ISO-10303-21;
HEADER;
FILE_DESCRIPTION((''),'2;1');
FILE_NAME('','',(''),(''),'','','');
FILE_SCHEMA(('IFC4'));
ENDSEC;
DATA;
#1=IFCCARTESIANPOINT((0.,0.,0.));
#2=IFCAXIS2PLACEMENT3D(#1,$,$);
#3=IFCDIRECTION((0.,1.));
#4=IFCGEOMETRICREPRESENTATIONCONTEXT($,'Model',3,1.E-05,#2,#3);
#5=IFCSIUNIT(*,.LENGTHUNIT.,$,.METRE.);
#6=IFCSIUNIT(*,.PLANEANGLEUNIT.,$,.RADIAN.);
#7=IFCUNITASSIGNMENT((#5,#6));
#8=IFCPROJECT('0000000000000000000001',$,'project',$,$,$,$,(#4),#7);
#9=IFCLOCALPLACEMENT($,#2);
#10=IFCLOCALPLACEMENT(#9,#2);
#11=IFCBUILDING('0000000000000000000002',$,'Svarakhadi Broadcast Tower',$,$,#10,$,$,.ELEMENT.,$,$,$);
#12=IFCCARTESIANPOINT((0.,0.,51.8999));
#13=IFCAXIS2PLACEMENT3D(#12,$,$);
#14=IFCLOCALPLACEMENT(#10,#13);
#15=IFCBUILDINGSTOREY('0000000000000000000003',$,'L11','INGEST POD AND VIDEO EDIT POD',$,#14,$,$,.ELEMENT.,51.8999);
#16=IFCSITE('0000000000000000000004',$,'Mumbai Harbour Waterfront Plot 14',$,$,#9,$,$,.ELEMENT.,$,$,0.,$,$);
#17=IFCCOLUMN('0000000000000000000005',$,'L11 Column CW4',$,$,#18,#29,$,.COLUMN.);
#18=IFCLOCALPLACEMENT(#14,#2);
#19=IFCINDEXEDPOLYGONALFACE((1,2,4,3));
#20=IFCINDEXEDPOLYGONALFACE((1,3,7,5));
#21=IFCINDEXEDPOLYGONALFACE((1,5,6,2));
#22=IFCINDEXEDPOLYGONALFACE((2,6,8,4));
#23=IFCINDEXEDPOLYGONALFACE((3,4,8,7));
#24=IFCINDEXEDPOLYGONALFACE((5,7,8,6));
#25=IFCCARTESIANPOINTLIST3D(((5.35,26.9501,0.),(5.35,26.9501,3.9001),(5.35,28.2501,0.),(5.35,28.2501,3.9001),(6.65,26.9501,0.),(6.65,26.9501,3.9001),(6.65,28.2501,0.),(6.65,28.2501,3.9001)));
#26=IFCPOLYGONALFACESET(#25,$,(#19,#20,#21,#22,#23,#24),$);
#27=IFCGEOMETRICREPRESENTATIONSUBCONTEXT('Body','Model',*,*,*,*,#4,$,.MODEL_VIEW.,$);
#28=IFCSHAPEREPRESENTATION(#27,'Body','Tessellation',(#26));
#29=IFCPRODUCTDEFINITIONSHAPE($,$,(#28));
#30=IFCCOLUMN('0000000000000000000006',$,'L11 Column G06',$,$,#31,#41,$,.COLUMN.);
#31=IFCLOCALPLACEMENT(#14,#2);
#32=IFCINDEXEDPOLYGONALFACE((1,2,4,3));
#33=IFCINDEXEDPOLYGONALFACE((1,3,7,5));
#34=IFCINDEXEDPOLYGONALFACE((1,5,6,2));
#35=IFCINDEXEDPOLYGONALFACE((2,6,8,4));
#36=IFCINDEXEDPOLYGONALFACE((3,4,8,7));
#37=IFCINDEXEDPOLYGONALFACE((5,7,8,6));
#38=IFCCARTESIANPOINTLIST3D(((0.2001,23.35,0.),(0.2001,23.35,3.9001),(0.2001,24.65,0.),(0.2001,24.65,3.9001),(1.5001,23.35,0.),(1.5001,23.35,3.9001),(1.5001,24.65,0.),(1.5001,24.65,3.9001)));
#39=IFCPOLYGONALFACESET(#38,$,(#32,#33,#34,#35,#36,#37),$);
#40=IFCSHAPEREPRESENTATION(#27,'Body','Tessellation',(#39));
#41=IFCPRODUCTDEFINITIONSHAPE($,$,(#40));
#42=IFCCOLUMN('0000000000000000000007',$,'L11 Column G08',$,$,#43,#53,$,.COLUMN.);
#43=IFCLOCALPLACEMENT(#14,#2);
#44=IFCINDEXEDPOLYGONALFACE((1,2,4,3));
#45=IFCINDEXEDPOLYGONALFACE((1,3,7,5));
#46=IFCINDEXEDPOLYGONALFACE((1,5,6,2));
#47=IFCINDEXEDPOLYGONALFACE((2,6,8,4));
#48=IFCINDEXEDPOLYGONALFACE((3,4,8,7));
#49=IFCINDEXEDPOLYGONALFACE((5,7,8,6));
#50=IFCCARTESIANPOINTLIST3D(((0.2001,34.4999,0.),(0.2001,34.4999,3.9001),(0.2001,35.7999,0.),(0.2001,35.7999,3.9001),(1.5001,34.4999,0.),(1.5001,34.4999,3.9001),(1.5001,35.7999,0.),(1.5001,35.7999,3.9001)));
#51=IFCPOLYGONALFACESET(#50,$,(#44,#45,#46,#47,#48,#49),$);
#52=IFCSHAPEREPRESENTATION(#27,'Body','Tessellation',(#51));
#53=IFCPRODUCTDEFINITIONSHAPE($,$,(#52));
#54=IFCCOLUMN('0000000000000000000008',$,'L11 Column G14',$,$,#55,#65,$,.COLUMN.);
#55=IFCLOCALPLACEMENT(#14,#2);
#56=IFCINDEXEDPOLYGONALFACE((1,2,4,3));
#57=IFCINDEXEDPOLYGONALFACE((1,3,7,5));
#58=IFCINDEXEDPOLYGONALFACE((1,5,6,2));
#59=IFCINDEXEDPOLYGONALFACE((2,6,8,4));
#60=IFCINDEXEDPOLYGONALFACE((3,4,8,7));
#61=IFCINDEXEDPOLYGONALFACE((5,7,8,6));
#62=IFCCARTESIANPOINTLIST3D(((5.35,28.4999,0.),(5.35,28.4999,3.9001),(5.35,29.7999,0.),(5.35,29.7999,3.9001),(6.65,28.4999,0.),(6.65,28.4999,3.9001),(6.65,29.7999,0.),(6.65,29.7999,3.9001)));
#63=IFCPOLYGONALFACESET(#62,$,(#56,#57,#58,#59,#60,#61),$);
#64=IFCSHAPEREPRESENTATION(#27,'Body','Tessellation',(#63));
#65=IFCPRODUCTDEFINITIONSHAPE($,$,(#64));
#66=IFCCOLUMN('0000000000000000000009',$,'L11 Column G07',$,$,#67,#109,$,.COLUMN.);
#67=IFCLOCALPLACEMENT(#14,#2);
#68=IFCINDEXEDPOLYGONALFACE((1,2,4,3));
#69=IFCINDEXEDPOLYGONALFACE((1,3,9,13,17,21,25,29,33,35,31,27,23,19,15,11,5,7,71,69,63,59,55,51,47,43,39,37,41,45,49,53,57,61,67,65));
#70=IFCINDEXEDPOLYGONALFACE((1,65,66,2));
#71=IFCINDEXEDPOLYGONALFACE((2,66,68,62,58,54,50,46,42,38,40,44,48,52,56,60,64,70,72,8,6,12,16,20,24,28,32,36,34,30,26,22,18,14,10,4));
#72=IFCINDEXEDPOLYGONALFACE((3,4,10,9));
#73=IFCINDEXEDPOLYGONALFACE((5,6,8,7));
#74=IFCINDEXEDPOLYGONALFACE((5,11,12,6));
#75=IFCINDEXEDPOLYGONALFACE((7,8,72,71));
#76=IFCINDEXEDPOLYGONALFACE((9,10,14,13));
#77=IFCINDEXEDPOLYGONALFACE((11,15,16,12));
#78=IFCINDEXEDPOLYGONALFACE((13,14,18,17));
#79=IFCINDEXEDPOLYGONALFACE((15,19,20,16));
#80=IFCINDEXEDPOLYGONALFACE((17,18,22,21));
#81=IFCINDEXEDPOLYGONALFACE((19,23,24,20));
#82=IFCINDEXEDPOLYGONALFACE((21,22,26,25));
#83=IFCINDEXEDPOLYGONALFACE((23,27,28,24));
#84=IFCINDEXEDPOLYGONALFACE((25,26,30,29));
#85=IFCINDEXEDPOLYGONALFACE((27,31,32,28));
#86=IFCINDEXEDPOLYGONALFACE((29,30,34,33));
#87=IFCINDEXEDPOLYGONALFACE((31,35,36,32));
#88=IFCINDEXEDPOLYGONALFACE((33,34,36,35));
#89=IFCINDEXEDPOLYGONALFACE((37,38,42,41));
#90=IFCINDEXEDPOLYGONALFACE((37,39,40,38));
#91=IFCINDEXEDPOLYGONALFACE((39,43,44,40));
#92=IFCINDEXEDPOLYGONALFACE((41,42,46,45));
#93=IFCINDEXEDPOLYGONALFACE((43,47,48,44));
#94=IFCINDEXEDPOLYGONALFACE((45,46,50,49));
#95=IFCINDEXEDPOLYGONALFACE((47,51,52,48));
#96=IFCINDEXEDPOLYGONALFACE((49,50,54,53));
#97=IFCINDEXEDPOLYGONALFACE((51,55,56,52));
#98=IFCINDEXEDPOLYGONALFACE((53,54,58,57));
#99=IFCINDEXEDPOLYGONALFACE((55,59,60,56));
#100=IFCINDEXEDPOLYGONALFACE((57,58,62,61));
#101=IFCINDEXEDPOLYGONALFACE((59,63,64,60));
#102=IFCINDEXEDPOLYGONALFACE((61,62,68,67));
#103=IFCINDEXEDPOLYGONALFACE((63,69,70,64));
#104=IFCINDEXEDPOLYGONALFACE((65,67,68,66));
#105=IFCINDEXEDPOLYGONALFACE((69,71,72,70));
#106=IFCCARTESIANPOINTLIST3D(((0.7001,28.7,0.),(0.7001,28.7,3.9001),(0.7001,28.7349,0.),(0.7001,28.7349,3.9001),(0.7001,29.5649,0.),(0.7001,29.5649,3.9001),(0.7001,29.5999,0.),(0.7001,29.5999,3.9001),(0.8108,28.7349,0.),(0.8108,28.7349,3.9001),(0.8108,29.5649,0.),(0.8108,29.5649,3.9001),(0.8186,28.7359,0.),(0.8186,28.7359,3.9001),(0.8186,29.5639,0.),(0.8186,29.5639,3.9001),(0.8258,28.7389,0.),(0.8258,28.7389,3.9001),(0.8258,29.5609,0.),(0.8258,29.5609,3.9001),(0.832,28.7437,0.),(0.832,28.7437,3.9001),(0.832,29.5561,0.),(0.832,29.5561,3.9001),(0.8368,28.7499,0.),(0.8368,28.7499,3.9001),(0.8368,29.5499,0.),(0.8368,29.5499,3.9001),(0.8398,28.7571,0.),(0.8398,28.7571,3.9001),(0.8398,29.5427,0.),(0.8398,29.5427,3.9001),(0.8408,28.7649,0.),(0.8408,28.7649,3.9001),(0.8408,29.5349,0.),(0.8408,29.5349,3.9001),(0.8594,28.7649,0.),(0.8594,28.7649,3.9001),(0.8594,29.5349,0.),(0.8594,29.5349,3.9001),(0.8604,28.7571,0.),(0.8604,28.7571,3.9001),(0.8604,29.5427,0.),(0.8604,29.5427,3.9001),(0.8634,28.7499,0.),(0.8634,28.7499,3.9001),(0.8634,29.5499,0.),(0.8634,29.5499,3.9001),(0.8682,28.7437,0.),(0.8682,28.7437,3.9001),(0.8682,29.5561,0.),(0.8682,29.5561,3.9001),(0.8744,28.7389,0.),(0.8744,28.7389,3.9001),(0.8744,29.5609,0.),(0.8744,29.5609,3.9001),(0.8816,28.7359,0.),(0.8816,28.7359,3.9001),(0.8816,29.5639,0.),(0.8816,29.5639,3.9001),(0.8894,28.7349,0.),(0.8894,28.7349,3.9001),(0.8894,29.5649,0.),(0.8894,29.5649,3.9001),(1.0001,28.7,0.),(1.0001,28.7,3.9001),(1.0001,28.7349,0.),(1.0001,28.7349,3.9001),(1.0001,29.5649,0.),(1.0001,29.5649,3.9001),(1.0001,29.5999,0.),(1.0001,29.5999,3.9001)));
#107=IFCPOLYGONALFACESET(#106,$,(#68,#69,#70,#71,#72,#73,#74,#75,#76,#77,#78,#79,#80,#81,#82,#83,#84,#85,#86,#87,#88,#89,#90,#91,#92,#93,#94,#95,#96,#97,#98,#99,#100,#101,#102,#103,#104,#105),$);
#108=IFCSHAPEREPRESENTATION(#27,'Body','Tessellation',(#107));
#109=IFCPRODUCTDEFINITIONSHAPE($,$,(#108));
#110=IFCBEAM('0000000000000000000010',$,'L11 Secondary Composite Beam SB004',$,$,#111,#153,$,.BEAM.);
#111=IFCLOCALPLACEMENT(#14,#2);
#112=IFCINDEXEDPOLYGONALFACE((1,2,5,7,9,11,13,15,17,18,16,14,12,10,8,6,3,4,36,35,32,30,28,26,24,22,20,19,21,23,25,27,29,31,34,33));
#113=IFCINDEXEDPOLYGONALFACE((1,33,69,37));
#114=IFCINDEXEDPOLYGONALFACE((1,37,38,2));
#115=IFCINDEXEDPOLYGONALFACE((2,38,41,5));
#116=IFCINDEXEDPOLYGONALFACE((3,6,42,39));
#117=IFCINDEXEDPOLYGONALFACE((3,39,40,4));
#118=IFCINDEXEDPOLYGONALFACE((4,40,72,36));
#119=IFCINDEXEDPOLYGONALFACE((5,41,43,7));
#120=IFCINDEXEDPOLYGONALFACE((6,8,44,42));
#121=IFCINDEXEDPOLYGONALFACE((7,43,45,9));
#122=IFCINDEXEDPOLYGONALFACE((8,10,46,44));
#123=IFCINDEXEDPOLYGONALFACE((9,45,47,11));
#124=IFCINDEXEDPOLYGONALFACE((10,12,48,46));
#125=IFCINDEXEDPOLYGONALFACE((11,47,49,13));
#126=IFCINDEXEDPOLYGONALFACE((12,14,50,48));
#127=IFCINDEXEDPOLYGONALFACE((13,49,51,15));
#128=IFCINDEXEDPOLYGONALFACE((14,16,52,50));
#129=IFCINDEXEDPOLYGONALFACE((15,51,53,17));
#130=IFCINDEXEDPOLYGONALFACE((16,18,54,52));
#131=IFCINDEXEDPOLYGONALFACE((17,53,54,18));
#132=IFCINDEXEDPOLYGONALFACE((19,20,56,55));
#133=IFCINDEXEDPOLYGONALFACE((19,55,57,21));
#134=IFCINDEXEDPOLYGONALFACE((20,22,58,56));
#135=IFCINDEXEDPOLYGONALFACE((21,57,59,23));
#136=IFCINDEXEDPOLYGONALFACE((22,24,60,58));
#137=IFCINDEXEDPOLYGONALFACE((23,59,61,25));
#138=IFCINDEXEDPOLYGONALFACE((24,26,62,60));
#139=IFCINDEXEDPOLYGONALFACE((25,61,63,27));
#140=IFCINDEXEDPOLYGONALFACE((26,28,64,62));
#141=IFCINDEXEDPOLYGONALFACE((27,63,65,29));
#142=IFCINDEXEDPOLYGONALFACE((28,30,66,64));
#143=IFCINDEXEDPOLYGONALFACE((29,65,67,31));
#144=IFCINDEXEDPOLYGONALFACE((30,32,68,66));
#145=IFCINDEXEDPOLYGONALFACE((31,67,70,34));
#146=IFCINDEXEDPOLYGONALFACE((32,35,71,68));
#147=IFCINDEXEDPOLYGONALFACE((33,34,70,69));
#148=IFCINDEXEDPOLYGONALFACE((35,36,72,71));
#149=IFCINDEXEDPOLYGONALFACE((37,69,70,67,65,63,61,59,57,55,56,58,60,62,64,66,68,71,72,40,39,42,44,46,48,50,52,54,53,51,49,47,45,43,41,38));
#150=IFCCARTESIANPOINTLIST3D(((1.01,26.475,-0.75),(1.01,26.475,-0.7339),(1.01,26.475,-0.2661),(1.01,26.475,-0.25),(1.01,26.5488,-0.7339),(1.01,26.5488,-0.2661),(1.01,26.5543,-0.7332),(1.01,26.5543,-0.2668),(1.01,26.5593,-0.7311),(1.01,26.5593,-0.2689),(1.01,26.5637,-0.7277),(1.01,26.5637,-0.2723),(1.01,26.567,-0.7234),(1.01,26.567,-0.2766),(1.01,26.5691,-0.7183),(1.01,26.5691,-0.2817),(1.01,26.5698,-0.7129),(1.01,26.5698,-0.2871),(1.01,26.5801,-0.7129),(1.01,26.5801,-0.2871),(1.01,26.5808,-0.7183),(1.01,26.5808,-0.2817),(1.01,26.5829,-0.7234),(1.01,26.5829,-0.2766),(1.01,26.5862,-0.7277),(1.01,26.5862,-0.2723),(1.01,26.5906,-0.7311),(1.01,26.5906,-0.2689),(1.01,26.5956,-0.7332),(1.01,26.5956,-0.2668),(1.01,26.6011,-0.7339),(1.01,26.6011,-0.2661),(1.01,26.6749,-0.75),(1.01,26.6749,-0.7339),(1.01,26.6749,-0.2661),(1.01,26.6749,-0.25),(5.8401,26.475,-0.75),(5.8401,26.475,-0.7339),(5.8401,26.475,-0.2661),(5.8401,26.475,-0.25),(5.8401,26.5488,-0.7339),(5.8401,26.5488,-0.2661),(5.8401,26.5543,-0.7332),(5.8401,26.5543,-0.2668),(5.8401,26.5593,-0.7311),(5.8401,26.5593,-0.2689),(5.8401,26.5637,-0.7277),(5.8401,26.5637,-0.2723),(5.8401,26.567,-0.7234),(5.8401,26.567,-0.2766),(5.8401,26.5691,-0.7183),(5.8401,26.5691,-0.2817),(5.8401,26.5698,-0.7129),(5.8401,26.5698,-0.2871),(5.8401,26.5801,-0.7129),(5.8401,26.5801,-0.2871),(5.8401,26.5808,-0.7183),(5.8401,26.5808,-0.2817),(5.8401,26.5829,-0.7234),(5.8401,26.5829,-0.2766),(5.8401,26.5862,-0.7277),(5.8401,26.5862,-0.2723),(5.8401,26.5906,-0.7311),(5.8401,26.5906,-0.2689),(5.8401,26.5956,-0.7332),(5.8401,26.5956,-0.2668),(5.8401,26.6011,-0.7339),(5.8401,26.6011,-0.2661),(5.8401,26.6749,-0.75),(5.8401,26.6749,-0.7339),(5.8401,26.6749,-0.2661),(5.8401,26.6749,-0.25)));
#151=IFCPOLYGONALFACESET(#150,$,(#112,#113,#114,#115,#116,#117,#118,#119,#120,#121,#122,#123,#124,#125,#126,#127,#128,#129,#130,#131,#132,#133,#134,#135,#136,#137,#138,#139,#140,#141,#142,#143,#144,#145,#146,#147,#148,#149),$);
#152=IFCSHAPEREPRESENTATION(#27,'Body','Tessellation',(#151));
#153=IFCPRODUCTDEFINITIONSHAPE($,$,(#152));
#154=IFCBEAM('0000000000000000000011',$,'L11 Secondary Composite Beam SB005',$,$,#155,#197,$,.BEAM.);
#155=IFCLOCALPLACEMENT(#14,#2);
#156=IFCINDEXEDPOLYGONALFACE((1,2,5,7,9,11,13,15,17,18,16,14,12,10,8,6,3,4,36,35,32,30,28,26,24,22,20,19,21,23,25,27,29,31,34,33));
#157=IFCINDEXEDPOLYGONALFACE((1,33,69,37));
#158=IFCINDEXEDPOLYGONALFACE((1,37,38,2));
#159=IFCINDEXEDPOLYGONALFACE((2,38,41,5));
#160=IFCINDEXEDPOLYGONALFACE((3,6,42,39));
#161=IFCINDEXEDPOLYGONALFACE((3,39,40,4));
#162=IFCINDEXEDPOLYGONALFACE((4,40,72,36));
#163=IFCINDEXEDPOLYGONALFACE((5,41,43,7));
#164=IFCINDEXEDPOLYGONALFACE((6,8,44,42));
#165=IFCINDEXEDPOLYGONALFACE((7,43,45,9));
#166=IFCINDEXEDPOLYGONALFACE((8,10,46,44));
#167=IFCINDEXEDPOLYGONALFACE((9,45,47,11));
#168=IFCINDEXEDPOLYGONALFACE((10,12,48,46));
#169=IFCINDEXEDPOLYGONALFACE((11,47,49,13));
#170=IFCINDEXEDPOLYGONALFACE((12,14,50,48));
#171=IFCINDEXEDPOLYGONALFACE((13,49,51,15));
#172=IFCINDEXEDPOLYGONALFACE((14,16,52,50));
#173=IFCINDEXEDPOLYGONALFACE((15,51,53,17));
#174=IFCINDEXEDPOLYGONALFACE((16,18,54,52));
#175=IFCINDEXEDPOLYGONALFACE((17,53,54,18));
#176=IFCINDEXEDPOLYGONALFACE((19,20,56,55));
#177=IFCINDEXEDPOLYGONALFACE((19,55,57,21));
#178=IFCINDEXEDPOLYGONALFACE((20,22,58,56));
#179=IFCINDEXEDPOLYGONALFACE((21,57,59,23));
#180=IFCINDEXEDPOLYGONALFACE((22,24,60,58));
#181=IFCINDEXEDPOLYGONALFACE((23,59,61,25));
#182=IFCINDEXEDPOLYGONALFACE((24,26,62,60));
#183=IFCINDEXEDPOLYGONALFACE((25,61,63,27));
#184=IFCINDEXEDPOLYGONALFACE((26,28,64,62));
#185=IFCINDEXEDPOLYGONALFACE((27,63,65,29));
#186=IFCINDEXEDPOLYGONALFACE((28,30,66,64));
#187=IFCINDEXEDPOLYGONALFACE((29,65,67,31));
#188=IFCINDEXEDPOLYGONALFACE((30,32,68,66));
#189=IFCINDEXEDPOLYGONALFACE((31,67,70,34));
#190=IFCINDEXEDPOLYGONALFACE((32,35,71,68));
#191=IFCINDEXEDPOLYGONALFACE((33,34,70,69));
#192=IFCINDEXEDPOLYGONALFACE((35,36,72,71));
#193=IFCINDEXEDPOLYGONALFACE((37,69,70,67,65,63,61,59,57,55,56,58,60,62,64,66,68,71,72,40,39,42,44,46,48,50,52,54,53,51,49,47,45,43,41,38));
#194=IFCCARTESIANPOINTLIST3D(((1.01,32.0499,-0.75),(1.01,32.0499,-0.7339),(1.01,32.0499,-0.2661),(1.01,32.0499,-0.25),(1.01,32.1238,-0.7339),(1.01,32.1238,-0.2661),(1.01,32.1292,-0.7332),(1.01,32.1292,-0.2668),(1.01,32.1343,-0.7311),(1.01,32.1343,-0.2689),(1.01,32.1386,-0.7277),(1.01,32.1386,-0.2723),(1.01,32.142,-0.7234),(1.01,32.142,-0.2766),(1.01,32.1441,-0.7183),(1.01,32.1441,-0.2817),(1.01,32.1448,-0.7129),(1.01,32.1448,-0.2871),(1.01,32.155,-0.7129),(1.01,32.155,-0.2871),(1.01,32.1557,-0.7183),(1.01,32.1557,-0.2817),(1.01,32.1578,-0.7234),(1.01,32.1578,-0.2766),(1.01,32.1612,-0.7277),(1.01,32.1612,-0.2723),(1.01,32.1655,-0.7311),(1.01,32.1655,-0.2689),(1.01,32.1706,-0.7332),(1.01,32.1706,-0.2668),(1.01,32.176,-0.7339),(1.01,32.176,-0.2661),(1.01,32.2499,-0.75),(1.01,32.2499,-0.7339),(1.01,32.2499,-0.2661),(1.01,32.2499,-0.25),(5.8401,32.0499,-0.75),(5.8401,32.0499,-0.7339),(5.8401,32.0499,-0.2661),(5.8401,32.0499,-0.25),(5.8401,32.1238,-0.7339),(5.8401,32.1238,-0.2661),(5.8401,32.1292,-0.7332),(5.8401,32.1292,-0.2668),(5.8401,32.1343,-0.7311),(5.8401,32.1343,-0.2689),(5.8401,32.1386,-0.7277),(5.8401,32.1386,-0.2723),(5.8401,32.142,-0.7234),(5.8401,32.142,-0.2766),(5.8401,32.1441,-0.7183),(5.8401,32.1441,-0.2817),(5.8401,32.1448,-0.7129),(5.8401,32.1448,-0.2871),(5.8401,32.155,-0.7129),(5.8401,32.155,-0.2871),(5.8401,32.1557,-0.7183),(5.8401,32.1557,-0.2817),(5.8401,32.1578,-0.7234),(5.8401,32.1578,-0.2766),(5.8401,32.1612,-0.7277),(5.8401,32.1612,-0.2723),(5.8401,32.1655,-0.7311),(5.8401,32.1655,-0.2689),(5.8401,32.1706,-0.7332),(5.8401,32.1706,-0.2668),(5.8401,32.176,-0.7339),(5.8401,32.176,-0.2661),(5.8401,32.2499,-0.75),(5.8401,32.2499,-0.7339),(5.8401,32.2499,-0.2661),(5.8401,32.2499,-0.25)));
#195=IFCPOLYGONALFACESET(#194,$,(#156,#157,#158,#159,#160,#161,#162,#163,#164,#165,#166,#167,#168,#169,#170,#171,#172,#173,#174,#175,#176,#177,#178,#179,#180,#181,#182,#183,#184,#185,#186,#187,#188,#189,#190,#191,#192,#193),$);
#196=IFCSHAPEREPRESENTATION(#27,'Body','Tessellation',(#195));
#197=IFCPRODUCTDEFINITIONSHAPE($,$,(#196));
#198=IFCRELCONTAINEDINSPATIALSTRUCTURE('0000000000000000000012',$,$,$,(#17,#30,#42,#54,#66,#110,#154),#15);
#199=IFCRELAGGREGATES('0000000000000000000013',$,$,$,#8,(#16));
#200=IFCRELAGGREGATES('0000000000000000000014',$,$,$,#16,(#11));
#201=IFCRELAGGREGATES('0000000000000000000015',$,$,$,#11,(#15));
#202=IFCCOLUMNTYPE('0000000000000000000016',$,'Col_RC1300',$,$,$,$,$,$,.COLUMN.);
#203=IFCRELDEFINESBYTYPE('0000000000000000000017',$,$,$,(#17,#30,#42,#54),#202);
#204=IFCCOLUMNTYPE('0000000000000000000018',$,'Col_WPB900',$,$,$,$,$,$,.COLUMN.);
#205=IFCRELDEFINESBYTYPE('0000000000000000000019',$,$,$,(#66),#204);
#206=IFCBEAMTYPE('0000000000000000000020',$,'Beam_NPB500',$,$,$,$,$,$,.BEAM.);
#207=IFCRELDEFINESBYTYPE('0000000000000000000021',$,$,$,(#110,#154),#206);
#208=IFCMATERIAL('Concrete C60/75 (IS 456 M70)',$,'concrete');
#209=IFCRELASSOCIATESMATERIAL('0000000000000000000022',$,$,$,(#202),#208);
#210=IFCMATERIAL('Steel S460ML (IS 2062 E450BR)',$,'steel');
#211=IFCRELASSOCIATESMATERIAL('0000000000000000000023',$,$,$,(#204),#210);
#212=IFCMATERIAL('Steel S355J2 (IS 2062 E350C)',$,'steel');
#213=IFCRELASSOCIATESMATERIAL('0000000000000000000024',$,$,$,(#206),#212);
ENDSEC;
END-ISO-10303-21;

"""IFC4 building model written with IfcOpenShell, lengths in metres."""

from ifc_helpers import new_model, si_unit, direction, frame, origin, origin_2d, place, context, subcontext, project, spatial, rectangle, i_section, extrude, material, material_profile, profile_set, type_object, element, save


model = new_model("IFC4")

# Units and contexts
model_context = context("Model", 3, precision=1e-05, world=origin(), true_north=direction((0.0, 1.0)))
body_context = subcontext(model_context, "Body", "Model", "MODEL_VIEW")
ifc_project = project(units=[si_unit("LENGTHUNIT", "METRE"), si_unit("PLANEANGLEUNIT", "RADIAN")], contexts=[model_context])

# Site, building, storey
site_placement = place(None, origin())
site = spatial("IfcSite", under=ifc_project, at=site_placement, Name="Mumbai Harbour Waterfront Plot 14", CompositionType="ELEMENT", RefElevation=0.0)
building_placement = place(site_placement, origin())
building = spatial("IfcBuilding", under=site, at=building_placement, Name="Svarakhadi Broadcast Tower", CompositionType="ELEMENT")
storey_placement = place(building_placement, frame((0.0, 0.0, 51.8999)))
storey = spatial("IfcBuildingStorey", under=building, at=storey_placement, Name="L11", Description="INGEST POD AND VIDEO EDIT POD", CompositionType="ELEMENT", Elevation=51.8999)

# Columns
ifc_material_1 = material(Name="Concrete C60/75 (IS 456 M70)", Category="concrete")
ifc_material_profile_1 = material_profile(ifc_material_1, rectangle(XDim=1.3, YDim=1.3, at=origin_2d()), Name="RC 1300x1300")
ifc_profile_set_1 = profile_set([ifc_material_profile_1], Name="Concrete C60/75 (IS 456 M70)")
column_type_1 = type_object("IfcColumnType", Name="Col_RC1300", PredefinedType="COLUMN", material=ifc_profile_set_1)
for number, where, z_axis, x_axis, name in (
    (1, (6.0, 27.6001, 0.0), (0.0, 0.0, 1.0), (1.0, 0.0, 0.0), "L11 Column CW4"),
    (2, (0.8501, 24.0, 0.0), (0.0, 0.0, 1.0), (1.0, 0.0, 0.0), "L11 Column G06"),
    (3, (0.8501, 35.1499, 0.0), (0.0, 0.0, 1.0), (1.0, 0.0, 0.0), "L11 Column G08"),
    (4, (6.0, 29.1499, 0.0), (0.0, 0.0, 1.0), (1.0, 0.0, 0.0), "L11 Column G14"),
):
    element("IfcColumn", number, at=place(storey_placement, frame(where, z_axis=z_axis, x_axis=x_axis)), inside=storey, type_object=column_type_1, Name=name, PredefinedType="COLUMN", context=body_context, shape_type="SweptSolid", body=[
        extrude(rectangle(XDim=1.3, YDim=1.3, at=origin_2d()), origin(), (0.0, 0.0, 1.0), 3.9001),
    ])
ifc_material_2 = material(Name="Steel S460ML (IS 2062 E450BR)", Category="steel")
ifc_material_profile_2 = material_profile(ifc_material_2, i_section(OverallWidth=0.3, OverallDepth=0.8999, WebThickness=0.0186, FlangeThickness=0.0349, FilletRadius=0.03, at=origin_2d()), Name="WPB 900x300x291")
ifc_profile_set_2 = profile_set([ifc_material_profile_2], Name="Steel S460ML (IS 2062 E450BR)")
column_type_2 = type_object("IfcColumnType", Name="Col_WPB900", PredefinedType="COLUMN", material=ifc_profile_set_2)
column_placement = place(storey_placement, frame((0.8501, 29.1499, 0.0), z_axis=(0.0, 0.0, 1.0), x_axis=(1.0, 0.0, 0.0)))
element("IfcColumn", 5, at=column_placement, inside=storey, type_object=column_type_2, Name="L11 Column G07", PredefinedType="COLUMN", context=body_context, shape_type="SweptSolid", body=[
    extrude(i_section(OverallWidth=0.3, OverallDepth=0.8999, WebThickness=0.0186, FlangeThickness=0.0349, FilletRadius=0.03, at=origin_2d()), origin(), (0.0, 0.0, 1.0), 3.9001),
])

# Beams
ifc_material_3 = material(Name="Steel S355J2 (IS 2062 E350C)", Category="steel")
ifc_material_profile_3 = material_profile(ifc_material_3, i_section(OverallWidth=0.2, OverallDepth=0.5, WebThickness=0.0103, FlangeThickness=0.0161, FilletRadius=0.021, at=origin_2d()), Name="NPB 500x200x91")
ifc_profile_set_3 = profile_set([ifc_material_profile_3], Name="Steel S355J2 (IS 2062 E350C)")
beam_type_1 = type_object("IfcBeamType", Name="Beam_NPB500", PredefinedType="BEAM", material=ifc_profile_set_3)
for number, where, z_axis, x_axis, name in (
    (6, (1.01, 26.575, -0.5), (1.0, 0.0, 0.0), (0.0, 1.0, 0.0), "L11 Secondary Composite Beam SB004"),
    (7, (1.01, 32.1499, -0.5), (1.0, 0.0, 0.0), (0.0, 1.0, 0.0), "L11 Secondary Composite Beam SB005"),
):
    element("IfcBeam", number, at=place(storey_placement, frame(where, z_axis=z_axis, x_axis=x_axis)), inside=storey, type_object=beam_type_1, Name=name, PredefinedType="BEAM", context=body_context, shape_type="SweptSolid", body=[
        extrude(i_section(OverallWidth=0.2, OverallDepth=0.5, WebThickness=0.0103, FlangeThickness=0.0161, FilletRadius=0.021, at=origin_2d()), origin(), (0.0, 0.0, 1.0), 4.8301),
    ])

save(model, "model.ifc")
